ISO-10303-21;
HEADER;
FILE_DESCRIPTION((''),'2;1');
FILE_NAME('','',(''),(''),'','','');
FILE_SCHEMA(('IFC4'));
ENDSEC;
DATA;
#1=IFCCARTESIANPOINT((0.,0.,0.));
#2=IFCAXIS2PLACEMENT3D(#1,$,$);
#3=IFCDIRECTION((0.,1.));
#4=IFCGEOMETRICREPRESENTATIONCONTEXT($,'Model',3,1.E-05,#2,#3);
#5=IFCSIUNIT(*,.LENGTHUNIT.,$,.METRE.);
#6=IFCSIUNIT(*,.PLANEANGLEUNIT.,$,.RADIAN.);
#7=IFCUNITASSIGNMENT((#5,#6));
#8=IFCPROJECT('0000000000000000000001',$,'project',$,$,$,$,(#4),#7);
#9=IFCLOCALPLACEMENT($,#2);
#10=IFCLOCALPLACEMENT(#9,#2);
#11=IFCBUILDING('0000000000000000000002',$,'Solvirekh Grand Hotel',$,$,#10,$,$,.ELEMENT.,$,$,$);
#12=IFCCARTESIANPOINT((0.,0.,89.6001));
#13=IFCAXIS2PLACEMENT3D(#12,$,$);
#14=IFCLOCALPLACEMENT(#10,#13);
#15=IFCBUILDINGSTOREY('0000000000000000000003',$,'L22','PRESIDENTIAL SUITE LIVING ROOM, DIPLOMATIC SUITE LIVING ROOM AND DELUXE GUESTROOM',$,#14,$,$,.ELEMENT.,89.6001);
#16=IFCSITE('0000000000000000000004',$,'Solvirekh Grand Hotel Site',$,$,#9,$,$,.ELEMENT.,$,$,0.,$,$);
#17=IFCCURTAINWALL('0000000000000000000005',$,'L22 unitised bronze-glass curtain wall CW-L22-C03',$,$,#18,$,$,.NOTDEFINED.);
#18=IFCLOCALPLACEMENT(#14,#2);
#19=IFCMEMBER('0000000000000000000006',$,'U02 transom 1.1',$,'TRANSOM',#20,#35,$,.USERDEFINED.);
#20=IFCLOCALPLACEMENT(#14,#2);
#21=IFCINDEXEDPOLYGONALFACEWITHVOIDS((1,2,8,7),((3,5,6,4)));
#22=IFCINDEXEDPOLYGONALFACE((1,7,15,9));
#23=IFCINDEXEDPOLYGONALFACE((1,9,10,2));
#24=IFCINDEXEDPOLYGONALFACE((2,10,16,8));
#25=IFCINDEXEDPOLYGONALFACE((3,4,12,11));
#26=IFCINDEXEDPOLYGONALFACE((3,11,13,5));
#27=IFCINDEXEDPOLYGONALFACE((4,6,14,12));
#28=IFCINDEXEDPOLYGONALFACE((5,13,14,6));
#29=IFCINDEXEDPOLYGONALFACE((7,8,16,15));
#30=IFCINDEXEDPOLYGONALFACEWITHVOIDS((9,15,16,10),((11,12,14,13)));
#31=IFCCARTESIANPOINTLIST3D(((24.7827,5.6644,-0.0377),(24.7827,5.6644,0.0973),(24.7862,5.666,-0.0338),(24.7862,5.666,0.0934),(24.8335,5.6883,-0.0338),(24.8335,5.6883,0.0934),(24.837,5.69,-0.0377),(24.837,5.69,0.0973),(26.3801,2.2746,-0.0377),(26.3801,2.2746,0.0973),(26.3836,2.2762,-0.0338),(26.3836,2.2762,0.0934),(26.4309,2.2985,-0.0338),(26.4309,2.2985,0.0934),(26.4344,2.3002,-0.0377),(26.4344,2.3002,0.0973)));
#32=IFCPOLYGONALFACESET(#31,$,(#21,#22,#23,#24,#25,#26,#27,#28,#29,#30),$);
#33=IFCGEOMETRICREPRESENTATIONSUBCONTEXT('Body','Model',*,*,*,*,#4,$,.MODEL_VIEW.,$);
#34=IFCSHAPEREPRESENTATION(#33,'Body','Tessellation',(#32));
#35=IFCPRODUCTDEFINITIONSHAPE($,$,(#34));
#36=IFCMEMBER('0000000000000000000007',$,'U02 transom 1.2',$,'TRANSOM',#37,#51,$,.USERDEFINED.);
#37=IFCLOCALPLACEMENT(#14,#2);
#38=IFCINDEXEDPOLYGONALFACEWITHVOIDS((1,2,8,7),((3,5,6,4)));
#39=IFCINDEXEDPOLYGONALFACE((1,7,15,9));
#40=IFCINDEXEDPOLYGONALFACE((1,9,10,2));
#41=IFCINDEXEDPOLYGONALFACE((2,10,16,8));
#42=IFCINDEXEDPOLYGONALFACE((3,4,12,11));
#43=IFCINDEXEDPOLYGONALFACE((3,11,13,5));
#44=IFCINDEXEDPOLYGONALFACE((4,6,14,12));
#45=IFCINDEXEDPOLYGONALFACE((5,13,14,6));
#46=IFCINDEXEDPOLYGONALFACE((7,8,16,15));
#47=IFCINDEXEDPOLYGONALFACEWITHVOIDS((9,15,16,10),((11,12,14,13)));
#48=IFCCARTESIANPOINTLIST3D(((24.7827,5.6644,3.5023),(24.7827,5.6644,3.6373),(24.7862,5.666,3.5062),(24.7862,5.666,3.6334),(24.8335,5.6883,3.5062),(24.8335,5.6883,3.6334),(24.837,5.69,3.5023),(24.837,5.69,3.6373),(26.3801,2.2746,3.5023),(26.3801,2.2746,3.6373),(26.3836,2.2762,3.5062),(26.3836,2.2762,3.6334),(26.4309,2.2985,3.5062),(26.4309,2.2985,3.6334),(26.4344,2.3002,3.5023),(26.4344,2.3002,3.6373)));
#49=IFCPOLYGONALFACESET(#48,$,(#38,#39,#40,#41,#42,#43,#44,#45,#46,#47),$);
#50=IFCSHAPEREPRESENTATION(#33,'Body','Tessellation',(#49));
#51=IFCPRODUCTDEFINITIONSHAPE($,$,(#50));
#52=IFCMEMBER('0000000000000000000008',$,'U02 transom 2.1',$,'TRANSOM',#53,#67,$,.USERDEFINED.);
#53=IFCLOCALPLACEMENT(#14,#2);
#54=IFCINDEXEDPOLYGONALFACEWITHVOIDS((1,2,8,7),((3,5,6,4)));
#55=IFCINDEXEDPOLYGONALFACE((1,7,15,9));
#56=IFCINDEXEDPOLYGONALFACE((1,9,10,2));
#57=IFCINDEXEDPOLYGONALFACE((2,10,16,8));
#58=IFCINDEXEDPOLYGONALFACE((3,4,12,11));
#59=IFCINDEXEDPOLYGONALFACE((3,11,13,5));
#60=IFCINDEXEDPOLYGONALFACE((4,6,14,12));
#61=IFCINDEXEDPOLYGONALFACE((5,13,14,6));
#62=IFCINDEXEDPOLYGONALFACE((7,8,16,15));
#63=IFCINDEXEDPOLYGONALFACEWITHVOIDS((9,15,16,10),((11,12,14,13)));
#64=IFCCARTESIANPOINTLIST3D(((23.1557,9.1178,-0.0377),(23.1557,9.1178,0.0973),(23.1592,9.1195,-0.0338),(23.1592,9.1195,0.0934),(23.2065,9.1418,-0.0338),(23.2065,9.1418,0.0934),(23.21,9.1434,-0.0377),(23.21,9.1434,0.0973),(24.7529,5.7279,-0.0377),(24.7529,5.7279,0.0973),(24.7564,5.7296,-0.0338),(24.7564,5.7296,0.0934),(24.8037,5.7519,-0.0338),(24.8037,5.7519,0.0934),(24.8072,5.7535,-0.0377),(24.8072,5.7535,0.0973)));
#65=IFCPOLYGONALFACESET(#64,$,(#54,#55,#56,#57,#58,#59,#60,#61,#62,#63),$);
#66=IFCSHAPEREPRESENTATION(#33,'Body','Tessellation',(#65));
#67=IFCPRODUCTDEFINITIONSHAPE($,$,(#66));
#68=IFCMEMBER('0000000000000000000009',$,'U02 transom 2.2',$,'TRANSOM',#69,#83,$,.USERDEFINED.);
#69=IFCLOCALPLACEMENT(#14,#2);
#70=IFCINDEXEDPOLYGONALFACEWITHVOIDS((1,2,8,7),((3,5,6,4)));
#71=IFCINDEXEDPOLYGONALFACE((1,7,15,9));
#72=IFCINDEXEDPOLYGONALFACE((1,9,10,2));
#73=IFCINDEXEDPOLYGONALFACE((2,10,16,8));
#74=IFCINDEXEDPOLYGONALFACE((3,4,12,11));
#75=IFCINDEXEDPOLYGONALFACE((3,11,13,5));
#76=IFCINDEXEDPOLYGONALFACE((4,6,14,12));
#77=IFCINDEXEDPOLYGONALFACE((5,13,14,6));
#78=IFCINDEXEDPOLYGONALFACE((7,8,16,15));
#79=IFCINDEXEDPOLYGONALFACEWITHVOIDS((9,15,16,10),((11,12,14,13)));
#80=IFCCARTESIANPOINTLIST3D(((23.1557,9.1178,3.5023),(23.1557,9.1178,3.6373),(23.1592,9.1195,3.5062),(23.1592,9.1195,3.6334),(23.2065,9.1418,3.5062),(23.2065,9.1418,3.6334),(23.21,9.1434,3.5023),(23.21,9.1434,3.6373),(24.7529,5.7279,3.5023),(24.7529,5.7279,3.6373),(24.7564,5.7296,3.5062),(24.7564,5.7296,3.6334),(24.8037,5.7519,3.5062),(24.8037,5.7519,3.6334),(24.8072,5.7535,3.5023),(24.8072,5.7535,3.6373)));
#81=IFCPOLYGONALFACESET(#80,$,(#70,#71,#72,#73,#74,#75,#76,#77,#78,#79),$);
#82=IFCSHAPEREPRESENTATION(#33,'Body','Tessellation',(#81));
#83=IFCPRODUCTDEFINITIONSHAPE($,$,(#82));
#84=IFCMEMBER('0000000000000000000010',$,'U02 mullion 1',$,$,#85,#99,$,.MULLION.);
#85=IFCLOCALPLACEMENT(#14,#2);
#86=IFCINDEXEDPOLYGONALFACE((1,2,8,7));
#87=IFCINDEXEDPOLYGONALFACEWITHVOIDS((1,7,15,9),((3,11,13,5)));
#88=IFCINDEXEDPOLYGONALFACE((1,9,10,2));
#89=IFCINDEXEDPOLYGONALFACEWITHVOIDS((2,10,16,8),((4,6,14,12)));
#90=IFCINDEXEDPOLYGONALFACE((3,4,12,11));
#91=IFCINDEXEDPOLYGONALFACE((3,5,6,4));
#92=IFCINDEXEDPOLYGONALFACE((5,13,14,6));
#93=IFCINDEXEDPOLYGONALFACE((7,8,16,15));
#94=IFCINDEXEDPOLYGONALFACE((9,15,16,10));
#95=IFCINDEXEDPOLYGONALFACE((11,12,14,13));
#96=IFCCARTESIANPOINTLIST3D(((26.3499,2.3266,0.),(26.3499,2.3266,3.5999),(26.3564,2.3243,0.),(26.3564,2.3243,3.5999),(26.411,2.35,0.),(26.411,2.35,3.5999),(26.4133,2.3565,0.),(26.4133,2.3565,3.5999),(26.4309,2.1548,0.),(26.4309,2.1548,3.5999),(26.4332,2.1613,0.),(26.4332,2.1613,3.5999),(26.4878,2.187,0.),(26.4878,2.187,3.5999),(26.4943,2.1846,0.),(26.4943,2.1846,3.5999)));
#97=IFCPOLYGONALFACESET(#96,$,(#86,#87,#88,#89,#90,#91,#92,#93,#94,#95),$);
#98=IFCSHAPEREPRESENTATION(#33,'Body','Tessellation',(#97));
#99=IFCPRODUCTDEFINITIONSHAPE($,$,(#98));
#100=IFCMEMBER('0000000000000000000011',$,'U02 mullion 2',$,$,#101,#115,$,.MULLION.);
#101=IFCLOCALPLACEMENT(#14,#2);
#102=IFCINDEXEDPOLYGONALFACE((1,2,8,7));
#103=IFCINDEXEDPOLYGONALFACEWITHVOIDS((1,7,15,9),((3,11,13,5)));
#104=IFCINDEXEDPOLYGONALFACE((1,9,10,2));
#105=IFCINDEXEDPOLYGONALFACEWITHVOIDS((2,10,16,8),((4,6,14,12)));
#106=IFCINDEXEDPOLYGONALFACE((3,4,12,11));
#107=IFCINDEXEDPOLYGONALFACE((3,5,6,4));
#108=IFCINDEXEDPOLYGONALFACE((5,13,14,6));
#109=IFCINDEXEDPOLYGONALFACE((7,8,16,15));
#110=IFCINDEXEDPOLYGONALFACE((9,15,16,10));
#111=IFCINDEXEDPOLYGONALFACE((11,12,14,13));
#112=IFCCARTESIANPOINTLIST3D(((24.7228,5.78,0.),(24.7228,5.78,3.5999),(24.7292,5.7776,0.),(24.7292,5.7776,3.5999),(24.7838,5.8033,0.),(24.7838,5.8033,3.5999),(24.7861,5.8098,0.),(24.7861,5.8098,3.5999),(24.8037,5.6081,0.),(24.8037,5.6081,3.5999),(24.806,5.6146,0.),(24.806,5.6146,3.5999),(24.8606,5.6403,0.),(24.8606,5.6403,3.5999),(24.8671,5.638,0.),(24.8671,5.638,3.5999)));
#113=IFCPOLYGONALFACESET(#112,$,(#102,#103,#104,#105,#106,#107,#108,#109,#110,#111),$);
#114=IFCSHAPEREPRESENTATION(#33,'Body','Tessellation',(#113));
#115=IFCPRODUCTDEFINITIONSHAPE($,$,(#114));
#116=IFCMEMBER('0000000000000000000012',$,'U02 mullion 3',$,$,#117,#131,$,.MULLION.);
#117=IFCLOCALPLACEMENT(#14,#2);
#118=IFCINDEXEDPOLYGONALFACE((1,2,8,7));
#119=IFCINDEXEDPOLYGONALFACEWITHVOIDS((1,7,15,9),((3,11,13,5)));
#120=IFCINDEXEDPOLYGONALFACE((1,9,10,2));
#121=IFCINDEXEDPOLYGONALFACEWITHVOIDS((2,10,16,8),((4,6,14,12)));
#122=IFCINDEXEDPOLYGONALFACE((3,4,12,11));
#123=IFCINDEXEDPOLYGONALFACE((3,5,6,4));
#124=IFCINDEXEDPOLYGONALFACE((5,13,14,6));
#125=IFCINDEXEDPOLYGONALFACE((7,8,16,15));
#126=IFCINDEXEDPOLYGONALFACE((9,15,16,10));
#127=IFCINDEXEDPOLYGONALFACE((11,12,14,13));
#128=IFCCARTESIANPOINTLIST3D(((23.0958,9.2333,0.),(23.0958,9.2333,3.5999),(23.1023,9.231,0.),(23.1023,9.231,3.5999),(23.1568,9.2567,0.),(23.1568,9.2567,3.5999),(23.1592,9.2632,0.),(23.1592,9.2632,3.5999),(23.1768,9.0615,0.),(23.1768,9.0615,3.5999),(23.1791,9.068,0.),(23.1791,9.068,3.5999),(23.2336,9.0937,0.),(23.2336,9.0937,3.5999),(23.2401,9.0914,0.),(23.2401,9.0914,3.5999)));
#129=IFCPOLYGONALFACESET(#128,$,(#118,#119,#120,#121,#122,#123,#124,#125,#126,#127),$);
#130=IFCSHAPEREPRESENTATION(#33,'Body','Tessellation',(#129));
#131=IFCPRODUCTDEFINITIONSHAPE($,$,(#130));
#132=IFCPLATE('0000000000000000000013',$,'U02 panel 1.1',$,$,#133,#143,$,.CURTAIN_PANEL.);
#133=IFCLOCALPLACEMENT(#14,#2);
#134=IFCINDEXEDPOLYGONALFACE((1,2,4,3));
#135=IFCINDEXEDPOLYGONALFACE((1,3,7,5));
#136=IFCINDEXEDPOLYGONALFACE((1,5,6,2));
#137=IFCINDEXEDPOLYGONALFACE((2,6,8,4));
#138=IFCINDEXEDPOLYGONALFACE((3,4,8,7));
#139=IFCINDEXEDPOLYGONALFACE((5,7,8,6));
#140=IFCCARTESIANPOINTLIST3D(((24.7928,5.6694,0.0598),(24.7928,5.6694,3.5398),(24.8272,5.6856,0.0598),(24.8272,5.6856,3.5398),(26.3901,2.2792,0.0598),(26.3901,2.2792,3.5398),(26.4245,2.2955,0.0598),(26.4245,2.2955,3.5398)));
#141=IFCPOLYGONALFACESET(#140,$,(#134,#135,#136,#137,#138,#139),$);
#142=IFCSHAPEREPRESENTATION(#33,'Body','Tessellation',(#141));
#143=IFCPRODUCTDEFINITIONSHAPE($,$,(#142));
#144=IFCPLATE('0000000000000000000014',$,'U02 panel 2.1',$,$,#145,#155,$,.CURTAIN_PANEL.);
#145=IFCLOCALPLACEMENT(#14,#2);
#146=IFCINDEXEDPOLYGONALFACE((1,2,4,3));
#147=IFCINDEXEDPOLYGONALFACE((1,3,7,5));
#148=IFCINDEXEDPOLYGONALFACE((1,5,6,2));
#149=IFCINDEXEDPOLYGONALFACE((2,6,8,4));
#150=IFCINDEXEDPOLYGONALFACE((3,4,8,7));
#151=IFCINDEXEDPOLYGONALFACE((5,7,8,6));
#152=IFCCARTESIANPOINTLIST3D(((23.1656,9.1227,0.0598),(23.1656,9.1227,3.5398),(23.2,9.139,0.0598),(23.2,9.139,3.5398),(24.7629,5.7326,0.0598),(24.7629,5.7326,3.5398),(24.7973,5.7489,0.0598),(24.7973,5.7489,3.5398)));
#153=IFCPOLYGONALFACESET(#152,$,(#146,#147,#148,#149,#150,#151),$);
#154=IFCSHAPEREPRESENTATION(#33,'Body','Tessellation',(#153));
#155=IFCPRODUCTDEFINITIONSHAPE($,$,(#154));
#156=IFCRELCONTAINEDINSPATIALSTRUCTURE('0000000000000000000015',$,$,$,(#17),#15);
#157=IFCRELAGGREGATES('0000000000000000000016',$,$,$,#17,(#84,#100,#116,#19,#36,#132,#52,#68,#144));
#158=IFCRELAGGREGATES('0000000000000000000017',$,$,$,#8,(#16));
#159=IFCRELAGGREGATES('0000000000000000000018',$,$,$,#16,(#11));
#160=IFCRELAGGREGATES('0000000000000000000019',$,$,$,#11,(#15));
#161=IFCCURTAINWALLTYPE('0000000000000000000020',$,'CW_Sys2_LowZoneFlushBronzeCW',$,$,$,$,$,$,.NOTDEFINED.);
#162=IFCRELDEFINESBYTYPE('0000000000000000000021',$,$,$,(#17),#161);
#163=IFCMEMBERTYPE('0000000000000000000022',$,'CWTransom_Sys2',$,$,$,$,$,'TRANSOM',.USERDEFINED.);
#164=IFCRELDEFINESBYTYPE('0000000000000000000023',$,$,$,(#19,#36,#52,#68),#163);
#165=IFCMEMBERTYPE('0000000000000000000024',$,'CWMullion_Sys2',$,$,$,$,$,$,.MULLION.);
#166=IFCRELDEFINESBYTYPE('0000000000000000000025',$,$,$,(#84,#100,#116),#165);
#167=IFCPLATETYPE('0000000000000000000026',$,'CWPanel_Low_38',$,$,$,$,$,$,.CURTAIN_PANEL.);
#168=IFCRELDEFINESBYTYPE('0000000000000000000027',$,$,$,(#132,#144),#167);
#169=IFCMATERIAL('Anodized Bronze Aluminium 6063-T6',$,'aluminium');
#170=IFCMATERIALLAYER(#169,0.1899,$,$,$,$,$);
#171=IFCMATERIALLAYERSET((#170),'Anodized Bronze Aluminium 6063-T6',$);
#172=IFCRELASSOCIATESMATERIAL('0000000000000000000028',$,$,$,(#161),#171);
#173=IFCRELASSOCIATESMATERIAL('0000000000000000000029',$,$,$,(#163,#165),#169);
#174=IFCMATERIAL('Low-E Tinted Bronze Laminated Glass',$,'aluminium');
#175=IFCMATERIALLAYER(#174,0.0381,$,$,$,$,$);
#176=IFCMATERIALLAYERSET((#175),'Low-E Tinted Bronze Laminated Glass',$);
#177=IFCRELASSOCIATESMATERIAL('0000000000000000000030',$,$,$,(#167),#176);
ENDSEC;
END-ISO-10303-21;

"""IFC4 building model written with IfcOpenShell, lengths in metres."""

from ifc_helpers import new_model, si_unit, direction, frame, origin, origin_2d, place, context, subcontext, project, spatial, rectangle, hollow_rectangle, extrude, source, transform, mapped, material, layer, layer_set, material_profile, profile_set, type_object, element, aggregate, save


model = new_model("IFC4")

# Units and contexts
model_context = context("Model", 3, precision=1e-05, world=origin(), true_north=direction((0.0, 1.0)))
body_context = subcontext(model_context, "Body", "Model", "MODEL_VIEW")
ifc_project = project(units=[si_unit("LENGTHUNIT", "METRE"), si_unit("PLANEANGLEUNIT", "RADIAN")], contexts=[model_context])

# Site, building, storey
site_placement = place(None, origin())
site = spatial("IfcSite", under=ifc_project, at=site_placement, Name="Solvirekh Grand Hotel Site", CompositionType="ELEMENT", RefElevation=0.0)
building_placement = place(site_placement, origin())
building = spatial("IfcBuilding", under=site, at=building_placement, Name="Solvirekh Grand Hotel", CompositionType="ELEMENT")
storey_placement = place(building_placement, frame((0.0, 0.0, 89.6001)))
storey = spatial("IfcBuildingStorey", under=building, at=storey_placement, Name="L22", Description="PRESIDENTIAL SUITE LIVING ROOM, DIPLOMATIC SUITE LIVING ROOM AND DELUXE GUESTROOM", CompositionType="ELEMENT", Elevation=89.6001)

# Curtain wall, members, plates
ifc_material_1 = material(Name="Anodized Bronze Aluminium 6063-T6", Category="aluminium")
ifc_layer_1 = layer(ifc_material_1, 0.1899)
ifc_layer_set_1 = layer_set([ifc_layer_1], Name="Anodized Bronze Aluminium 6063-T6")
curtain_wall_type = type_object("IfcCurtainWallType", Name="CW_Sys2_LowZoneFlushBronzeCW", PredefinedType="NOTDEFINED", material=ifc_layer_set_1)
curtain_wall_placement = place(storey_placement, origin())
curtain_wall = element("IfcCurtainWall", 1, at=curtain_wall_placement, inside=storey, type_object=curtain_wall_type, Name="L22 unitised bronze-glass curtain wall CW-L22-C03", PredefinedType="NOTDEFINED")
ifc_material_profile_1 = material_profile(ifc_material_1, hollow_rectangle(XDim=0.0601, YDim=0.135, WallThickness=0.0039, at=origin_2d()), Name="ALU RHS 135X60X4")
ifc_profile_set_1 = profile_set([ifc_material_profile_1], Name="Anodized Bronze Aluminium 6063-T6")
member_type_1 = type_object("IfcMemberType", Name="CWTransom_Sys2", ElementType="TRANSOM", PredefinedType="USERDEFINED", material=ifc_profile_set_1)
shared_shape_1 = source(origin(), body_context, "Body", "SweptSolid", [
    extrude(hollow_rectangle(XDim=0.0601, YDim=0.135, WallThickness=0.0039, at=origin_2d()), origin(), (0.0, 0.0, 1.0), 3.7473),
])
member_1_placement = place(storey_placement, frame((26.4072, 2.2874, 0.0298), z_axis=(-0.426271, 0.904596, 0.0), x_axis=(-0.904596, -0.426271, 0.0)))
member_1 = element("IfcMember", 2, at=member_1_placement, type_object=member_type_1, Name="U02 transom 1.1", ObjectType="TRANSOM", PredefinedType="USERDEFINED", context=body_context, shape_type="MappedRepresentation", body=[
    mapped(shared_shape_1, transform((0.0, 0.0, 0.0), x_axis=(1.0, 0.0, 0.0), y_axis=(0.0, 1.0, 0.0), z_axis=(0.0, 0.0, 1.0), scale=1.0)),
])
member_2_placement = place(storey_placement, frame((26.4072, 2.2874, 3.5698), z_axis=(-0.426271, 0.904596, 0.0), x_axis=(-0.904596, -0.426271, 0.0)))
member_2 = element("IfcMember", 3, at=member_2_placement, type_object=member_type_1, Name="U02 transom 1.2", ObjectType="TRANSOM", PredefinedType="USERDEFINED", context=body_context, shape_type="MappedRepresentation", body=[
    mapped(shared_shape_1, transform((0.0, 0.0, 0.0), x_axis=(1.0, 0.0, 0.0), y_axis=(0.0, 1.0, 0.0), z_axis=(0.0, 0.0, 1.0), scale=1.0)),
])
member_3_placement = place(storey_placement, frame((24.78, 5.7407, 0.0298), z_axis=(-0.426217, 0.904621, 0.0), x_axis=(-0.904621, -0.426217, 0.0)))
member_3 = element("IfcMember", 4, at=member_3_placement, type_object=member_type_1, Name="U02 transom 2.1", ObjectType="TRANSOM", PredefinedType="USERDEFINED", context=body_context, shape_type="MappedRepresentation", body=[
    mapped(shared_shape_1, transform((0.0, 0.0, 0.0), x_axis=(1.0, 0.0, 0.0), y_axis=(0.0, 1.0, 0.0), z_axis=(0.0, 0.0, 1.0), scale=1.0)),
])
member_4_placement = place(storey_placement, frame((24.78, 5.7407, 3.5698), z_axis=(-0.426217, 0.904621, 0.0), x_axis=(-0.904621, -0.426217, 0.0)))
member_4 = element("IfcMember", 5, at=member_4_placement, type_object=member_type_1, Name="U02 transom 2.2", ObjectType="TRANSOM", PredefinedType="USERDEFINED", context=body_context, shape_type="MappedRepresentation", body=[
    mapped(shared_shape_1, transform((0.0, 0.0, 0.0), x_axis=(1.0, 0.0, 0.0), y_axis=(0.0, 1.0, 0.0), z_axis=(0.0, 0.0, 1.0), scale=1.0)),
])
ifc_material_profile_2 = material_profile(ifc_material_1, hollow_rectangle(XDim=0.0701, YDim=0.1899, WallThickness=0.0049, at=origin_2d()), Name="ALU RHS 190X70X5")
ifc_profile_set_2 = profile_set([ifc_material_profile_2], Name="Anodized Bronze Aluminium 6063-T6")
member_type_2 = type_object("IfcMemberType", Name="CWMullion_Sys2", PredefinedType="MULLION", material=ifc_profile_set_2)
shared_shape_2 = source(origin(), body_context, "Body", "SweptSolid", [
    extrude(hollow_rectangle(XDim=0.0701, YDim=0.1899, WallThickness=0.0049, at=origin_2d()), origin(), (0.0, 0.0, 1.0), 3.5999),
])
member_5_placement = place(storey_placement, frame((26.4221, 2.2556, 0.0), z_axis=(0.0, 0.0, 1.0), x_axis=(-0.904619, -0.426222, 0.0)))
member_5 = element("IfcMember", 6, at=member_5_placement, type_object=member_type_2, Name="U02 mullion 1", PredefinedType="MULLION", context=body_context, shape_type="MappedRepresentation", body=[
    mapped(shared_shape_2, transform((0.0, 0.0, 0.0), x_axis=(1.0, 0.0, 0.0), y_axis=(0.0, 1.0, 0.0), z_axis=(0.0, 0.0, 1.0), scale=1.0)),
])
member_6_placement = place(storey_placement, frame((24.7949, 5.709, 0.0), z_axis=(0.0, 0.0, 1.0), x_axis=(-0.904619, -0.426222, 0.0)))
member_6 = element("IfcMember", 7, at=member_6_placement, type_object=member_type_2, Name="U02 mullion 2", PredefinedType="MULLION", context=body_context, shape_type="MappedRepresentation", body=[
    mapped(shared_shape_2, transform((0.0, 0.0, 0.0), x_axis=(1.0, 0.0, 0.0), y_axis=(0.0, 1.0, 0.0), z_axis=(0.0, 0.0, 1.0), scale=1.0)),
])
member_7_placement = place(storey_placement, frame((23.168, 9.1624, 0.0), z_axis=(0.0, 0.0, 1.0), x_axis=(-0.904619, -0.426222, 0.0)))
member_7 = element("IfcMember", 8, at=member_7_placement, type_object=member_type_2, Name="U02 mullion 3", PredefinedType="MULLION", context=body_context, shape_type="MappedRepresentation", body=[
    mapped(shared_shape_2, transform((0.0, 0.0, 0.0), x_axis=(1.0, 0.0, 0.0), y_axis=(0.0, 1.0, 0.0), z_axis=(0.0, 0.0, 1.0), scale=1.0)),
])
ifc_material_2 = material(Name="Low-E Tinted Bronze Laminated Glass", Category="aluminium")
ifc_layer_2 = layer(ifc_material_2, 0.0381)
ifc_layer_set_2 = layer_set([ifc_layer_2], Name="Low-E Tinted Bronze Laminated Glass")
plate_type = type_object("IfcPlateType", Name="CWPanel_Low_38", PredefinedType="CURTAIN_PANEL", material=ifc_layer_set_2)
shared_shape_3 = source(origin(), body_context, "Body", "SweptSolid", [
    extrude(rectangle(XDim=3.7476, YDim=0.0381, at=origin_2d()), origin(), (0.0, 0.0, 1.0), 3.48),
])
plate_1_placement = place(storey_placement, frame((25.6086, 3.9824, 0.0598), z_axis=(0.0, 0.0, 1.0), x_axis=(-0.426222, 0.904619, 0.0)))
plate_1 = element("IfcPlate", 9, at=plate_1_placement, type_object=plate_type, Name="U02 panel 1.1", PredefinedType="CURTAIN_PANEL", context=body_context, shape_type="MappedRepresentation", body=[
    mapped(shared_shape_3, transform((0.0, 0.0, 0.0), x_axis=(1.0, 0.0, 0.0), y_axis=(0.0, 1.0, 0.0), z_axis=(0.0, 0.0, 1.0), scale=1.0)),
])
plate_2_placement = place(storey_placement, frame((23.9814, 7.4358, 0.0598), z_axis=(0.0, 0.0, 1.0), x_axis=(-0.426222, 0.904619, 0.0)))
plate_2 = element("IfcPlate", 10, at=plate_2_placement, type_object=plate_type, Name="U02 panel 2.1", PredefinedType="CURTAIN_PANEL", context=body_context, shape_type="MappedRepresentation", body=[
    mapped(shared_shape_3, transform((0.0, 0.0, 0.0), x_axis=(1.0, 0.0, 0.0), y_axis=(0.0, 1.0, 0.0), z_axis=(0.0, 0.0, 1.0), scale=1.0)),
])
aggregate(curtain_wall, [member_5, member_6, member_7, member_1, member_2, plate_1, member_3, member_4, plate_2])

save(model, "model.ifc")
